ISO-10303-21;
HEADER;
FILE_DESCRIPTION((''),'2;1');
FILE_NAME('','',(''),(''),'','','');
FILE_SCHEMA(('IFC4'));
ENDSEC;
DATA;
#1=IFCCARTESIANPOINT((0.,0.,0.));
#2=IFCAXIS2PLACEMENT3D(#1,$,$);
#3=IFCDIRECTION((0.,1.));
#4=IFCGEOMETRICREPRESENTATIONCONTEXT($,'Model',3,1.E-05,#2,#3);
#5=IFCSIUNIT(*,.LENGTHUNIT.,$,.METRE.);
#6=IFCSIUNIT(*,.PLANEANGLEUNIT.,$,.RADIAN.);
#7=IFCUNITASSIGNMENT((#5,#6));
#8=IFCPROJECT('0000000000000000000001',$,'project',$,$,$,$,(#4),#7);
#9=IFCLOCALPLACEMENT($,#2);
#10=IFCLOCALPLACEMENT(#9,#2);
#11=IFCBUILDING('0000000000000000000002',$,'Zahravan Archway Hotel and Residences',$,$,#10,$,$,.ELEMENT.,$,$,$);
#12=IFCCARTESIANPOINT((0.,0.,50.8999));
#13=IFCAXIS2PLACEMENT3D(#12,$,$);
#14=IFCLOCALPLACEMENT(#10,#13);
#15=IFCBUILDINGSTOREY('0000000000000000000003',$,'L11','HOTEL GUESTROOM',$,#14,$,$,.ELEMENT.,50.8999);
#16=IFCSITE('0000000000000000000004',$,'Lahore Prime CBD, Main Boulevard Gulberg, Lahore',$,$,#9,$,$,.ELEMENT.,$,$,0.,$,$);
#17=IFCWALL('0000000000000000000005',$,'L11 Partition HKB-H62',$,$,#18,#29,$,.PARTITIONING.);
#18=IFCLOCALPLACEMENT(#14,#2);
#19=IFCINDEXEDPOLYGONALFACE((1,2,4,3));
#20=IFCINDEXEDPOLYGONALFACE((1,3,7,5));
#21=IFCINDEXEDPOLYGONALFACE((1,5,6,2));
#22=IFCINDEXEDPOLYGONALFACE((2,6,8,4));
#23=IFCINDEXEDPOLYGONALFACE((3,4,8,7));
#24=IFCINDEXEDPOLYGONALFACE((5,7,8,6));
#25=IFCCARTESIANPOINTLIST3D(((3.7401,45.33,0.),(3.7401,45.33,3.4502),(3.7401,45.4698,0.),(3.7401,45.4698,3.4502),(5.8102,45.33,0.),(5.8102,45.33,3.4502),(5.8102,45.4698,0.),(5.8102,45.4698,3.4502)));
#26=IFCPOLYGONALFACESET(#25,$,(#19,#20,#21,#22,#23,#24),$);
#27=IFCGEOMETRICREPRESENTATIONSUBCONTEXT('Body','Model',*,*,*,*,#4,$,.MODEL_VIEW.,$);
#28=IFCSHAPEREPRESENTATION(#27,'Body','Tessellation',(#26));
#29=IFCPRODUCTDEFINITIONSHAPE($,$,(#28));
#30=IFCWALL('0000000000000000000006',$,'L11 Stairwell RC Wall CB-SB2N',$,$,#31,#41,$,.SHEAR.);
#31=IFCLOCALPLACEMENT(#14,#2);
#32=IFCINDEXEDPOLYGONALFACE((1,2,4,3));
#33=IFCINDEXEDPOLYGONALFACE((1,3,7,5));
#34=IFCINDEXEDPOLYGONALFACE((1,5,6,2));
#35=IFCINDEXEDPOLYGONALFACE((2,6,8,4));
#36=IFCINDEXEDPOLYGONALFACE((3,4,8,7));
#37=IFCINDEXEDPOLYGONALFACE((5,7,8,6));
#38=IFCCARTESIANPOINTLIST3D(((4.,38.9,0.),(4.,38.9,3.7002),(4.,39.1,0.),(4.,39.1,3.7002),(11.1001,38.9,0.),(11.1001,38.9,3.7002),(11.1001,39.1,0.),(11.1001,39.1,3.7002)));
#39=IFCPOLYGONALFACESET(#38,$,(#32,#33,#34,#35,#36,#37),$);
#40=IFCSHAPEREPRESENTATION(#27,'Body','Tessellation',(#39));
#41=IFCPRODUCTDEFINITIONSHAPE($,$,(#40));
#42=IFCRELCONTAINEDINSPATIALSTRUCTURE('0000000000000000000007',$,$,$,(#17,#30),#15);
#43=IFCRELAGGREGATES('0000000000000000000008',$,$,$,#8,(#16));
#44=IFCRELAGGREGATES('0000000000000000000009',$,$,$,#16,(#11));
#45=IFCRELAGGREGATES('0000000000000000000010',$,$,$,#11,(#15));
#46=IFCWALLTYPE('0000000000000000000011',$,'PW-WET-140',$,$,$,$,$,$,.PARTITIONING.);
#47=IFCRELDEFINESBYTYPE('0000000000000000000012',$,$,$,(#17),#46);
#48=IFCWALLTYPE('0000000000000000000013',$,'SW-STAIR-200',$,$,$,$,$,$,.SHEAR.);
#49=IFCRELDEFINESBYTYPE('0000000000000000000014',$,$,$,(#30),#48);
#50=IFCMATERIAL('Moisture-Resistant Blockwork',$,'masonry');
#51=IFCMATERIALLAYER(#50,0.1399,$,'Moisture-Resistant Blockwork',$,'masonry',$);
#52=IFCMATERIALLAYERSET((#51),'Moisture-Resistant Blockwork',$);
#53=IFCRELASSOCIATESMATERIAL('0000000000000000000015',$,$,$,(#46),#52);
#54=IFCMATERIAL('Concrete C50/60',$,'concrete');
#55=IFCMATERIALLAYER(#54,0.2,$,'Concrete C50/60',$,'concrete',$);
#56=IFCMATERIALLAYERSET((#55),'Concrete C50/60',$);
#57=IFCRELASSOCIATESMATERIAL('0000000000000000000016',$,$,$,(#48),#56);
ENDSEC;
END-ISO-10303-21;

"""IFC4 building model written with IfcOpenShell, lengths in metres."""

from ifc_helpers import new_model, si_unit, direction, frame, frame_2d, origin, place, context, subcontext, project, spatial, rectangle, extrude, material, layer, layer_set, type_object, element, save


model = new_model("IFC4")

# Units and contexts
model_context = context("Model", 3, precision=1e-05, world=origin(), true_north=direction((0.0, 1.0)))
body_context = subcontext(model_context, "Body", "Model", "MODEL_VIEW")
ifc_project = project(units=[si_unit("LENGTHUNIT", "METRE"), si_unit("PLANEANGLEUNIT", "RADIAN")], contexts=[model_context])

# Site, building, storey
site_placement = place(None, origin())
site = spatial("IfcSite", under=ifc_project, at=site_placement, Name="Lahore Prime CBD, Main Boulevard Gulberg, Lahore", CompositionType="ELEMENT", RefElevation=0.0)
building_placement = place(site_placement, origin())
building = spatial("IfcBuilding", under=site, at=building_placement, Name="Zahravan Archway Hotel and Residences", CompositionType="ELEMENT")
storey_placement = place(building_placement, frame((0.0, 0.0, 50.8999)))
storey = spatial("IfcBuildingStorey", under=building, at=storey_placement, Name="L11", Description="HOTEL GUESTROOM", CompositionType="ELEMENT", Elevation=50.8999)

# Shared definitions
ifc_material_1 = material(Name="Moisture-Resistant Blockwork", Category="masonry")
ifc_layer_1 = layer(ifc_material_1, 0.1399, Name="Moisture-Resistant Blockwork", Category="masonry")
ifc_layer_set_1 = layer_set([ifc_layer_1], Name="Moisture-Resistant Blockwork")
wall_type_1 = type_object("IfcWallType", Name="PW-WET-140", PredefinedType="PARTITIONING", material=ifc_layer_set_1)

# Walls
wall_1_placement = place(storey_placement, frame((3.74, 45.3999, 0.0), z_axis=(0.0, 0.0, 1.0), x_axis=(1.0, 0.0, 0.0)))
element("IfcWall", 1, at=wall_1_placement, inside=storey, type_object=wall_type_1, Name="L11 Partition HKB-H62", PredefinedType="PARTITIONING", context=body_context, shape_type="SweptSolid", body=[
    extrude(rectangle(XDim=2.0701, YDim=0.1399, at=frame_2d((1.0352, 0.0))), origin(), (0.0, 0.0, 1.0), 3.4502),
])
ifc_material_2 = material(Name="Concrete C50/60", Category="concrete")
ifc_layer_2 = layer(ifc_material_2, 0.2, Name="Concrete C50/60", Category="concrete")
ifc_layer_set_2 = layer_set([ifc_layer_2], Name="Concrete C50/60")
wall_type_2 = type_object("IfcWallType", Name="SW-STAIR-200", PredefinedType="SHEAR", material=ifc_layer_set_2)
wall_2_placement = place(storey_placement, frame((4.0, 39.0, 0.0), z_axis=(0.0, 0.0, 1.0), x_axis=(1.0, 0.0, 0.0)))
element("IfcWall", 2, at=wall_2_placement, inside=storey, type_object=wall_type_2, Name="L11 Stairwell RC Wall CB-SB2N", PredefinedType="SHEAR", context=body_context, shape_type="SweptSolid", body=[
    extrude(rectangle(XDim=7.1001, YDim=0.2, at=frame_2d((3.55, 0.0))), origin(), (0.0, 0.0, 1.0), 3.7002),
])

save(model, "model.ifc")
